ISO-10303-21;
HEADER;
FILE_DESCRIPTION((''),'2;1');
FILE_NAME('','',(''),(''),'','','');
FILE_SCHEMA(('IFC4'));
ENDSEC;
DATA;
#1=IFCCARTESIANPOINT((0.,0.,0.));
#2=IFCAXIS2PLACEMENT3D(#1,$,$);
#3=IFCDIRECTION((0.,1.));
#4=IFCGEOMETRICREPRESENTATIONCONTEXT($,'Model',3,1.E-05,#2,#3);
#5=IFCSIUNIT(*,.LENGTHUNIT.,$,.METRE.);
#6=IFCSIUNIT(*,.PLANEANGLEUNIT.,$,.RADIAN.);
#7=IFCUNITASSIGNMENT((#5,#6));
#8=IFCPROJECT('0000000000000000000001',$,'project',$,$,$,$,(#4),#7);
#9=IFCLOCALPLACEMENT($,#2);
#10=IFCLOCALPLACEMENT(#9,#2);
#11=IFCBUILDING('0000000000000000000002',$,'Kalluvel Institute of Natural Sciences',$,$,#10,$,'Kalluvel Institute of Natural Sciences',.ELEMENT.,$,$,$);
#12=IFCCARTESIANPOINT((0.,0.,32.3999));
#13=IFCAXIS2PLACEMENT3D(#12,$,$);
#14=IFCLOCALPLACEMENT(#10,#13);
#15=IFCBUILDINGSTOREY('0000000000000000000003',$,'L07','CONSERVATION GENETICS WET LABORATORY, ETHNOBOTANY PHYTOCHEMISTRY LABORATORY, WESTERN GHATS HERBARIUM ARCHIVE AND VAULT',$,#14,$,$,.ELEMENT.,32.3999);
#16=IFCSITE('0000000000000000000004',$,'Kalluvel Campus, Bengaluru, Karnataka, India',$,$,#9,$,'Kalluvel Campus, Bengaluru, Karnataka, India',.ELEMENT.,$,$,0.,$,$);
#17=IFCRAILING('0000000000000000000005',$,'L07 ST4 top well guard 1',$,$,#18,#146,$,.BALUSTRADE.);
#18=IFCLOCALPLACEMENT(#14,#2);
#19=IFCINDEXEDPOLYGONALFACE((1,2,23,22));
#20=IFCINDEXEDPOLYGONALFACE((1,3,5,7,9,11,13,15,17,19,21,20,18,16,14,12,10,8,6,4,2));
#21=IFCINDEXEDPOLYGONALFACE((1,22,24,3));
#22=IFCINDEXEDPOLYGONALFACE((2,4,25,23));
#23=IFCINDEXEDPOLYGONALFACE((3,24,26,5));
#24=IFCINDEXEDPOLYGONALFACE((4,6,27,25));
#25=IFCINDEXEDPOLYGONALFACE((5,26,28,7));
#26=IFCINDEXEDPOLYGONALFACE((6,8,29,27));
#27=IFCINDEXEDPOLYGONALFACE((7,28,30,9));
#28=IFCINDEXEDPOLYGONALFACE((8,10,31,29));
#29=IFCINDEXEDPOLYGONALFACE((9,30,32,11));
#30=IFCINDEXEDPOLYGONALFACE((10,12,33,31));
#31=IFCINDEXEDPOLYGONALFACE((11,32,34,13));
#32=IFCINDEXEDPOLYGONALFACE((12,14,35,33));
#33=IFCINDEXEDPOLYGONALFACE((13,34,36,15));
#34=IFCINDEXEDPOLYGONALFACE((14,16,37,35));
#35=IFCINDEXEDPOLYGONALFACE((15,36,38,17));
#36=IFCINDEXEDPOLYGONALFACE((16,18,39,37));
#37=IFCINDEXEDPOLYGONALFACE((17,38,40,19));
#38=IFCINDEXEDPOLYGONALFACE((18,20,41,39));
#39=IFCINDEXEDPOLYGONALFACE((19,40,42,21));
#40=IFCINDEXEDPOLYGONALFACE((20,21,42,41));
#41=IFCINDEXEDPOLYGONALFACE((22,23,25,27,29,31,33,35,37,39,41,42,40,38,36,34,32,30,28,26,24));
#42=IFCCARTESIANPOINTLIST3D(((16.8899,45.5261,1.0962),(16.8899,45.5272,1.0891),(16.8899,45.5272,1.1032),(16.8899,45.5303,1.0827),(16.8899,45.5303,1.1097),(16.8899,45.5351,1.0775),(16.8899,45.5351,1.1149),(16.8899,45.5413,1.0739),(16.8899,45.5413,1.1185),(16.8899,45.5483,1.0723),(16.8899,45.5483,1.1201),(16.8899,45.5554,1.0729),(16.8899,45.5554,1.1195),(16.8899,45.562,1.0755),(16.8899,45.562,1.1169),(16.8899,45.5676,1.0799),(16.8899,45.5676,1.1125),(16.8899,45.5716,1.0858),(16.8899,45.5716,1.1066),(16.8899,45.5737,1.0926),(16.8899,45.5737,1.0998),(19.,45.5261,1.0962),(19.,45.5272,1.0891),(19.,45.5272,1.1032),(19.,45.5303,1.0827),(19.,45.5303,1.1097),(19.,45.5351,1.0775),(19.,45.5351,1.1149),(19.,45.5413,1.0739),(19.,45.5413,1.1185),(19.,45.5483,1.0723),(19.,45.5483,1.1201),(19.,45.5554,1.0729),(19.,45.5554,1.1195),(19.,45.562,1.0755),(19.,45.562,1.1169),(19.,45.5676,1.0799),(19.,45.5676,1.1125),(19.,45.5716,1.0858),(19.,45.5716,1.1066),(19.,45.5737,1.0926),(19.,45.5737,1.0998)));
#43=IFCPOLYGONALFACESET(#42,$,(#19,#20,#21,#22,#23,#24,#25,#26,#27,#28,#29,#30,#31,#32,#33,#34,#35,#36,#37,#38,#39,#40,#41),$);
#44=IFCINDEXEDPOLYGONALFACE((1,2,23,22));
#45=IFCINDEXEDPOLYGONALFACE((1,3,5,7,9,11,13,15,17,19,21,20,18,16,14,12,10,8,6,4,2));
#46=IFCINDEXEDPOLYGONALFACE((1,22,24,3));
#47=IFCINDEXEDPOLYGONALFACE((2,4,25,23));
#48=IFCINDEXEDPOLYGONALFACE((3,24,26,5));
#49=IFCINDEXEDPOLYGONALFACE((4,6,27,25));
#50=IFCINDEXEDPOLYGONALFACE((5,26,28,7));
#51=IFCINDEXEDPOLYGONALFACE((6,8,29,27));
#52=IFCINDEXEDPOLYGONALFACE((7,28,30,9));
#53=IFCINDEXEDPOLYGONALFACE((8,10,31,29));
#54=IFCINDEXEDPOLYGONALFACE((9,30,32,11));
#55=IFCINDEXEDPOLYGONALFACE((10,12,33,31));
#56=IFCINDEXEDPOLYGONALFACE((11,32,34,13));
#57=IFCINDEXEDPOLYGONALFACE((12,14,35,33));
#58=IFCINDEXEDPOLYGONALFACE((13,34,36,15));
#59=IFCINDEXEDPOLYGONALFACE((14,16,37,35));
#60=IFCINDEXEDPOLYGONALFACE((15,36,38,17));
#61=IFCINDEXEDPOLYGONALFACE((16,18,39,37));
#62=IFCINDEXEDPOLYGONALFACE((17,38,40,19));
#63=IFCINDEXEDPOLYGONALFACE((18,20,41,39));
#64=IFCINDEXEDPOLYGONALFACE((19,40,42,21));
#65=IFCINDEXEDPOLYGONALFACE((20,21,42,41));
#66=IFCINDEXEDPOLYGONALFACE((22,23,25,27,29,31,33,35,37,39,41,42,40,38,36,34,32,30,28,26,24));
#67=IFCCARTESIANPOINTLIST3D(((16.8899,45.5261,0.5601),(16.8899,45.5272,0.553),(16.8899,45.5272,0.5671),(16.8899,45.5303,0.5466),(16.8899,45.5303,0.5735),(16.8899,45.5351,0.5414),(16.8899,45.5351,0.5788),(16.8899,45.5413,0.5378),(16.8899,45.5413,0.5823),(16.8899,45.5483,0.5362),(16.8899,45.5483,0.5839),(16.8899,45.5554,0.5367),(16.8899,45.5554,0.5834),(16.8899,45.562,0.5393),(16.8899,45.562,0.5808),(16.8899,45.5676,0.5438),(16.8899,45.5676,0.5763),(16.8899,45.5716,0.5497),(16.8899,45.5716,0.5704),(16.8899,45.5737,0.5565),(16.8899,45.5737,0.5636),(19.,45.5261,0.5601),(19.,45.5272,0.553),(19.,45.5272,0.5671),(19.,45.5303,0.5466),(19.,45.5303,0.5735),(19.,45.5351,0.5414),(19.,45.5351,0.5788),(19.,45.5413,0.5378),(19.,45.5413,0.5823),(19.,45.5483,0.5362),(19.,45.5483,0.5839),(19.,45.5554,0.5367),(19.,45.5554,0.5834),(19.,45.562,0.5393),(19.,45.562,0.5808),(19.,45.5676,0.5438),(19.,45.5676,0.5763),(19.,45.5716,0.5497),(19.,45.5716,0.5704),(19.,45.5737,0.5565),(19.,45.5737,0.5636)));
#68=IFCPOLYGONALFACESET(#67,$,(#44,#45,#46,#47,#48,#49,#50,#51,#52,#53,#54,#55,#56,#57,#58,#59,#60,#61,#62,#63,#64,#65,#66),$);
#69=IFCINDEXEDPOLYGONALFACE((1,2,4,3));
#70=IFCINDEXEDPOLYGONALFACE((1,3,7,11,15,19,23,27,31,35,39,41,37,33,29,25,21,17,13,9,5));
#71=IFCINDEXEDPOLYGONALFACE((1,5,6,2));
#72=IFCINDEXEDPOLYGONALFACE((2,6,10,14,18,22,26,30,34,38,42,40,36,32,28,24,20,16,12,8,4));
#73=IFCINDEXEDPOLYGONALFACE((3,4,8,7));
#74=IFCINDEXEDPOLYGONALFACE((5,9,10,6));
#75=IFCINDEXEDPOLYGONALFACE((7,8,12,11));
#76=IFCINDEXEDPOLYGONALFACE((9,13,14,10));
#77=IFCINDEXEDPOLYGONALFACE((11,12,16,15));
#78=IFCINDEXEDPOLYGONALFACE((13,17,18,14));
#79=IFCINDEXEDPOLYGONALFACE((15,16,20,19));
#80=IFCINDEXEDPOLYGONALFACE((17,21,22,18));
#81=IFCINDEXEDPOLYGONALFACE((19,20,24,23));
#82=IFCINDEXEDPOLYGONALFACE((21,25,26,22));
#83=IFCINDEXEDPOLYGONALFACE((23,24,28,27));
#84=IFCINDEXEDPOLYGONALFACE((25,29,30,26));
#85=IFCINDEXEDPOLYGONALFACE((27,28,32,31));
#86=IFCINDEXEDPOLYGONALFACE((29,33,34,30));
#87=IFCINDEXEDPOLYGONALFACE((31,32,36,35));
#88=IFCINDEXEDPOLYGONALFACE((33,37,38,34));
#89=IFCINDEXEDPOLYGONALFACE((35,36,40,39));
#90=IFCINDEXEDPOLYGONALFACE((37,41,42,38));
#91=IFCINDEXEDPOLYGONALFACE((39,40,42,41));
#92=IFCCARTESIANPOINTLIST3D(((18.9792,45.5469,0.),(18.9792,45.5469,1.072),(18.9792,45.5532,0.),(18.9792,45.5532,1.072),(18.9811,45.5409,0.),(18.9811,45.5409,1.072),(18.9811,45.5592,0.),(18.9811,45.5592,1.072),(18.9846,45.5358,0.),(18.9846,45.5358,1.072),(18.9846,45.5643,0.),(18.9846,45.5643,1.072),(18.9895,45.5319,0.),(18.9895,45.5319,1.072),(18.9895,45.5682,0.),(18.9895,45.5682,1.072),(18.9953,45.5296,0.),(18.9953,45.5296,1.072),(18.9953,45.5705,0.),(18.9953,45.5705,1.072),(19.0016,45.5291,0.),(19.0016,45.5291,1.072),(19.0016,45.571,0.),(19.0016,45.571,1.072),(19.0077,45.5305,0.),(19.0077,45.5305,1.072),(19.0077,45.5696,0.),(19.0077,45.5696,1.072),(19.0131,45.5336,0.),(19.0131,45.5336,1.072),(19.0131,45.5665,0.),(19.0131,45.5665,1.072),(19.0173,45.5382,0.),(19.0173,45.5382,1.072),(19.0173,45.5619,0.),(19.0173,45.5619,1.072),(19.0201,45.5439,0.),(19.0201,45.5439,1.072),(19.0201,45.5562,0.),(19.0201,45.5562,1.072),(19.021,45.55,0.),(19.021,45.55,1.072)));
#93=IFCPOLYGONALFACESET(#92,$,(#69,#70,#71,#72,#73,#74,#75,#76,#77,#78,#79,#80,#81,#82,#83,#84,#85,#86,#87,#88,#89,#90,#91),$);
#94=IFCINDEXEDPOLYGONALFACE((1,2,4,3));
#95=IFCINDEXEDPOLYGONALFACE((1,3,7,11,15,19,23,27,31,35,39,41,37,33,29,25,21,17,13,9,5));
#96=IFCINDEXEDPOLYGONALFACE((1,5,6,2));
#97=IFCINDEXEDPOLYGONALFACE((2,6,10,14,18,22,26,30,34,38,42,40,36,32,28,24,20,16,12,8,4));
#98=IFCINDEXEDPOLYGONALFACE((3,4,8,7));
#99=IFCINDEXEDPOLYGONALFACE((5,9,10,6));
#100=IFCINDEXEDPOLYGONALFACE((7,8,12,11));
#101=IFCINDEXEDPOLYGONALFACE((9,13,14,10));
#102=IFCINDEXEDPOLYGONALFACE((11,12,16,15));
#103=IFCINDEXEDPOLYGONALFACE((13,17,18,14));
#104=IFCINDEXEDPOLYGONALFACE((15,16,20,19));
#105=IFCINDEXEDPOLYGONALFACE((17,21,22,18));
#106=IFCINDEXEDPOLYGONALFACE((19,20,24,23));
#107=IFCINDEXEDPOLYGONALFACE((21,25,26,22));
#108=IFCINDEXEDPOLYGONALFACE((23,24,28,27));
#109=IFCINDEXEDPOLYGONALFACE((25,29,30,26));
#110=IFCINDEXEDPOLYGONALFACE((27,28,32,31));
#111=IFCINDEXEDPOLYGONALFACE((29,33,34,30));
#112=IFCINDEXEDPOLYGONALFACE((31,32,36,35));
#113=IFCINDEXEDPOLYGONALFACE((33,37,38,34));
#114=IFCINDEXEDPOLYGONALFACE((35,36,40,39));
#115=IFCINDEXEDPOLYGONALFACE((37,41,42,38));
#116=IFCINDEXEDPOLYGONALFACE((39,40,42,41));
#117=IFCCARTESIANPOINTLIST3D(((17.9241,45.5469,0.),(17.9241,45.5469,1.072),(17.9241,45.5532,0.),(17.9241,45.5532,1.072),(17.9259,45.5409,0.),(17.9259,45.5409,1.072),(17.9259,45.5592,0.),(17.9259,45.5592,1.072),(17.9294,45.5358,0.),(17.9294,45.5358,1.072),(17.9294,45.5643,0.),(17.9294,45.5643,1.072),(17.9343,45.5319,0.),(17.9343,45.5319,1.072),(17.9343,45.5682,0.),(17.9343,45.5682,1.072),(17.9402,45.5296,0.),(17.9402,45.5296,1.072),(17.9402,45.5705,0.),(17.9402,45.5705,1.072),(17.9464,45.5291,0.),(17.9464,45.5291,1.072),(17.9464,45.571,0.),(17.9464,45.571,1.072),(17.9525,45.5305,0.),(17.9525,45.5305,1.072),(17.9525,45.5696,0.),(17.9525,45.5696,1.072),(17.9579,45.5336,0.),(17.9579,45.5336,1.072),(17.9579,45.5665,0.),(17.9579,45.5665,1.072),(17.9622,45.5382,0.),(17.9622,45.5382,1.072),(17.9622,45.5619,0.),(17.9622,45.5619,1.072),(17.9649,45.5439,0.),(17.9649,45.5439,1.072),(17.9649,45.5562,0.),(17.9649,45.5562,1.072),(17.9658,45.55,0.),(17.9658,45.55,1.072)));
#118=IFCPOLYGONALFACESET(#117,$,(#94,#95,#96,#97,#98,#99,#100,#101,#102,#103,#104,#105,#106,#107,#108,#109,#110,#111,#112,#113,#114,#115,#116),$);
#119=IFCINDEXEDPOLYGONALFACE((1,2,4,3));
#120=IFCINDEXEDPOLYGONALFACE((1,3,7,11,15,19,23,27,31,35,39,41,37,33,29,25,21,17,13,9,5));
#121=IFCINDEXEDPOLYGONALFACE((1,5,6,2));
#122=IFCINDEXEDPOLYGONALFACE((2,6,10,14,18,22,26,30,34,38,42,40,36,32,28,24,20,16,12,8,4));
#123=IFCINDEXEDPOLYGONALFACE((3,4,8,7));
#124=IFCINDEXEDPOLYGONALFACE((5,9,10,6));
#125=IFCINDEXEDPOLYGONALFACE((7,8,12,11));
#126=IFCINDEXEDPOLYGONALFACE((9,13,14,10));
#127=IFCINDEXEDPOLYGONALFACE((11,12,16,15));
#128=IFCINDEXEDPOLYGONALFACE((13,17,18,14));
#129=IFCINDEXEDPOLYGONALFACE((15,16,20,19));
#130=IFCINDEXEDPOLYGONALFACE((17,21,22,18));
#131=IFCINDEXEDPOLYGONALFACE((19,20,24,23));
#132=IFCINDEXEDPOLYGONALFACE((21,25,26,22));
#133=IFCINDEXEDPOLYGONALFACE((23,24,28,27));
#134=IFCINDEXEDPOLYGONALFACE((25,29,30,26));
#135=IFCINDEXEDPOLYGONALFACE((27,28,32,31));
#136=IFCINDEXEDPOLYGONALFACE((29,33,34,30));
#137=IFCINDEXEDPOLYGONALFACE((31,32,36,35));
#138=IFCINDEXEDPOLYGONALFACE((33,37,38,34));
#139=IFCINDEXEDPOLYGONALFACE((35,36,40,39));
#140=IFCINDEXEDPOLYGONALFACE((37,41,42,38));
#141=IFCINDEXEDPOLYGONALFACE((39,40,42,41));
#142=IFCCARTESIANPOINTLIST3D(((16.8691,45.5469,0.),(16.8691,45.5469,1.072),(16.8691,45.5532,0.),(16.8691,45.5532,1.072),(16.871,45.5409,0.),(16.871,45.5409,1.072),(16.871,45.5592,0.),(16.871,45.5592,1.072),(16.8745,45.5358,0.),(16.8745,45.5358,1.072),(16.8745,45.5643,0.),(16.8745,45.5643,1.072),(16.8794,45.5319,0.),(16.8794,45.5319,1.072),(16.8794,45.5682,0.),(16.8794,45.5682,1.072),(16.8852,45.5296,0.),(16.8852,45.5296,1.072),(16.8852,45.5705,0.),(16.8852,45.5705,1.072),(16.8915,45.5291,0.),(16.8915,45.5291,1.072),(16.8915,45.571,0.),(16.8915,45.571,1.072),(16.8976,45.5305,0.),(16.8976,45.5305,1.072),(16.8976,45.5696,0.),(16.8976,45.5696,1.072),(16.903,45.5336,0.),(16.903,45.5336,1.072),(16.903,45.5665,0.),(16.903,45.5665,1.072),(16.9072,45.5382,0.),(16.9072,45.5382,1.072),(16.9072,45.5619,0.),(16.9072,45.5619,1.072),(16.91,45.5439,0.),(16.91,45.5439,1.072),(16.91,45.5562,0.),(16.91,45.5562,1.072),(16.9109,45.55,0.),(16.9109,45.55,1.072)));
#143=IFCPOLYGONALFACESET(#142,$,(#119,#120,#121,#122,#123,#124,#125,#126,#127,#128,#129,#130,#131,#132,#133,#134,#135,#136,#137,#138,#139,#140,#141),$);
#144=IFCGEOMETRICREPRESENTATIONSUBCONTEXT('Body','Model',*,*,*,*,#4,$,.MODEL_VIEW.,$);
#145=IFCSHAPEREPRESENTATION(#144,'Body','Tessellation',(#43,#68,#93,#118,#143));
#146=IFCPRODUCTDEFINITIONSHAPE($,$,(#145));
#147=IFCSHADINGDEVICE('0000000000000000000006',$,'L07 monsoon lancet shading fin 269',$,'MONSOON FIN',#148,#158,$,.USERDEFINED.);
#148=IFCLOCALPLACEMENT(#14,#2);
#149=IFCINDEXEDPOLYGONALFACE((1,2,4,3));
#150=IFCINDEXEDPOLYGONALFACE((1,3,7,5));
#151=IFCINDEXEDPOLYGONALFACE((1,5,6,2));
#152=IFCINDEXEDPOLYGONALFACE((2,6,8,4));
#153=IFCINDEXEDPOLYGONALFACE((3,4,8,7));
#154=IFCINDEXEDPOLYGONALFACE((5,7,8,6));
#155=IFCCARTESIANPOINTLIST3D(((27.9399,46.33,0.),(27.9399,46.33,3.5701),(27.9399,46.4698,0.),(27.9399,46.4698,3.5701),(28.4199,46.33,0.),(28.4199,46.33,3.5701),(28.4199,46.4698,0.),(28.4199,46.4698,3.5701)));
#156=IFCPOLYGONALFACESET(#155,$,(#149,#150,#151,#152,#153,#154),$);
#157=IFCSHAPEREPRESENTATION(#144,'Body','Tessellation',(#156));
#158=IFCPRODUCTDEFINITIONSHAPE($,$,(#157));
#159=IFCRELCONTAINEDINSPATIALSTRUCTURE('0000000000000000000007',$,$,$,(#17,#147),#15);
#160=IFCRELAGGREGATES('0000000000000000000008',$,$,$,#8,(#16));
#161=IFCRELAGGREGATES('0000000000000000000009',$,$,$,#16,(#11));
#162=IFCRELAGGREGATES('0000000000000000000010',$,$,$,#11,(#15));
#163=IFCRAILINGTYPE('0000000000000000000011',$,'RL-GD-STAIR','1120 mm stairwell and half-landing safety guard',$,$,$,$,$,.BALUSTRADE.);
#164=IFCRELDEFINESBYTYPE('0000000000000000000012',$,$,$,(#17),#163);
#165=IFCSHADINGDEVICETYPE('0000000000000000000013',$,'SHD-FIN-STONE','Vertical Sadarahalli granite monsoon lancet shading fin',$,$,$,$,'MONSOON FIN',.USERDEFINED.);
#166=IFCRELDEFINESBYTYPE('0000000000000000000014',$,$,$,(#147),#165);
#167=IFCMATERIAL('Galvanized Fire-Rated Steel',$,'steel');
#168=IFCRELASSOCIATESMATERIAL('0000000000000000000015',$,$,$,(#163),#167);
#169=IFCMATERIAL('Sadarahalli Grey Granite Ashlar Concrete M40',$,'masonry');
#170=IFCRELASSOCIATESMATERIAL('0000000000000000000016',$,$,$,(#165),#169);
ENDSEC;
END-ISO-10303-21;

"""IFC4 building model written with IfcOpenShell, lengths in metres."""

from ifc_helpers import new_model, si_unit, direction, frame, origin, origin_2d, place, context, subcontext, project, spatial, rectangle, circle, extrude, material, type_object, element, save


model = new_model("IFC4")

# Units and contexts
model_context = context("Model", 3, precision=1e-05, world=origin(), true_north=direction((0.0, 1.0)))
body_context = subcontext(model_context, "Body", "Model", "MODEL_VIEW")
ifc_project = project(units=[si_unit("LENGTHUNIT", "METRE"), si_unit("PLANEANGLEUNIT", "RADIAN")], contexts=[model_context])

# Site, building, storey
site_placement = place(None, origin())
site = spatial("IfcSite", under=ifc_project, at=site_placement, Name="Kalluvel Campus, Bengaluru, Karnataka, India", LongName="Kalluvel Campus, Bengaluru, Karnataka, India", CompositionType="ELEMENT", RefElevation=0.0)
building_placement = place(site_placement, origin())
building = spatial("IfcBuilding", under=site, at=building_placement, Name="Kalluvel Institute of Natural Sciences", LongName="Kalluvel Institute of Natural Sciences", CompositionType="ELEMENT")
storey_placement = place(building_placement, frame((0.0, 0.0, 32.3999)))
storey = spatial("IfcBuildingStorey", under=building, at=storey_placement, Name="L07", Description="CONSERVATION GENETICS WET LABORATORY, ETHNOBOTANY PHYTOCHEMISTRY LABORATORY, WESTERN GHATS HERBARIUM ARCHIVE AND VAULT", CompositionType="ELEMENT", Elevation=32.3999)

# Shared definitions
ifc_material_1 = material(Name="Galvanized Fire-Rated Steel", Category="steel")

# Shared definitions
ifc_material_2 = material(Name="Sadarahalli Grey Granite Ashlar Concrete M40", Category="masonry")

# Railing
railing_type = type_object("IfcRailingType", Name="RL-GD-STAIR", Description="1120 mm stairwell and half-landing safety guard", PredefinedType="BALUSTRADE", material=ifc_material_1)
railing_placement = place(storey_placement, frame((19.0, 45.55, 0.0)))
element("IfcRailing", 1, at=railing_placement, inside=storey, type_object=railing_type, Name="L07 ST4 top well guard 1", PredefinedType="BALUSTRADE", context=body_context, shape_type="SweptSolid", body=[
    extrude(circle(Radius=0.0239, at=origin_2d()), frame((0.0, 0.0, 1.0962), z_axis=(-1.0, 0.0, 0.0), x_axis=(0.0, -1.0, 0.0)), (0.0, 0.0, 1.0), 2.1101),
    extrude(circle(Radius=0.0239, at=origin_2d()), frame((0.0, 0.0, 0.5601), z_axis=(-1.0, 0.0, 0.0), x_axis=(0.0, -1.0, 0.0)), (0.0, 0.0, 1.0), 2.1101),
    extrude(circle(Radius=0.021, at=origin_2d()), origin(), (0.0, 0.0, 1.0), 1.072),
    extrude(circle(Radius=0.021, at=origin_2d()), frame((-1.0552, 0.0, 0.0)), (0.0, 0.0, 1.0), 1.072),
    extrude(circle(Radius=0.021, at=origin_2d()), frame((-2.1101, 0.0, 0.0)), (0.0, 0.0, 1.0), 1.072),
])

# Shading device
shading_device_type = type_object("IfcShadingDeviceType", Name="SHD-FIN-STONE", Description="Vertical Sadarahalli granite monsoon lancet shading fin", ElementType="MONSOON FIN", PredefinedType="USERDEFINED", material=ifc_material_2)
shading_device_placement = place(storey_placement, frame((28.1799, 46.3999, 0.0), z_axis=(0.0, 0.0, 1.0), x_axis=(0.0, 1.0, 0.0)))
element("IfcShadingDevice", 2, at=shading_device_placement, inside=storey, type_object=shading_device_type, Name="L07 monsoon lancet shading fin 269", ObjectType="MONSOON FIN", PredefinedType="USERDEFINED", context=body_context, shape_type="SweptSolid", body=[
    extrude(rectangle(XDim=0.1399, YDim=0.48, at=origin_2d()), origin(), (0.0, 0.0, 1.0), 3.5701),
])

save(model, "model.ifc")
